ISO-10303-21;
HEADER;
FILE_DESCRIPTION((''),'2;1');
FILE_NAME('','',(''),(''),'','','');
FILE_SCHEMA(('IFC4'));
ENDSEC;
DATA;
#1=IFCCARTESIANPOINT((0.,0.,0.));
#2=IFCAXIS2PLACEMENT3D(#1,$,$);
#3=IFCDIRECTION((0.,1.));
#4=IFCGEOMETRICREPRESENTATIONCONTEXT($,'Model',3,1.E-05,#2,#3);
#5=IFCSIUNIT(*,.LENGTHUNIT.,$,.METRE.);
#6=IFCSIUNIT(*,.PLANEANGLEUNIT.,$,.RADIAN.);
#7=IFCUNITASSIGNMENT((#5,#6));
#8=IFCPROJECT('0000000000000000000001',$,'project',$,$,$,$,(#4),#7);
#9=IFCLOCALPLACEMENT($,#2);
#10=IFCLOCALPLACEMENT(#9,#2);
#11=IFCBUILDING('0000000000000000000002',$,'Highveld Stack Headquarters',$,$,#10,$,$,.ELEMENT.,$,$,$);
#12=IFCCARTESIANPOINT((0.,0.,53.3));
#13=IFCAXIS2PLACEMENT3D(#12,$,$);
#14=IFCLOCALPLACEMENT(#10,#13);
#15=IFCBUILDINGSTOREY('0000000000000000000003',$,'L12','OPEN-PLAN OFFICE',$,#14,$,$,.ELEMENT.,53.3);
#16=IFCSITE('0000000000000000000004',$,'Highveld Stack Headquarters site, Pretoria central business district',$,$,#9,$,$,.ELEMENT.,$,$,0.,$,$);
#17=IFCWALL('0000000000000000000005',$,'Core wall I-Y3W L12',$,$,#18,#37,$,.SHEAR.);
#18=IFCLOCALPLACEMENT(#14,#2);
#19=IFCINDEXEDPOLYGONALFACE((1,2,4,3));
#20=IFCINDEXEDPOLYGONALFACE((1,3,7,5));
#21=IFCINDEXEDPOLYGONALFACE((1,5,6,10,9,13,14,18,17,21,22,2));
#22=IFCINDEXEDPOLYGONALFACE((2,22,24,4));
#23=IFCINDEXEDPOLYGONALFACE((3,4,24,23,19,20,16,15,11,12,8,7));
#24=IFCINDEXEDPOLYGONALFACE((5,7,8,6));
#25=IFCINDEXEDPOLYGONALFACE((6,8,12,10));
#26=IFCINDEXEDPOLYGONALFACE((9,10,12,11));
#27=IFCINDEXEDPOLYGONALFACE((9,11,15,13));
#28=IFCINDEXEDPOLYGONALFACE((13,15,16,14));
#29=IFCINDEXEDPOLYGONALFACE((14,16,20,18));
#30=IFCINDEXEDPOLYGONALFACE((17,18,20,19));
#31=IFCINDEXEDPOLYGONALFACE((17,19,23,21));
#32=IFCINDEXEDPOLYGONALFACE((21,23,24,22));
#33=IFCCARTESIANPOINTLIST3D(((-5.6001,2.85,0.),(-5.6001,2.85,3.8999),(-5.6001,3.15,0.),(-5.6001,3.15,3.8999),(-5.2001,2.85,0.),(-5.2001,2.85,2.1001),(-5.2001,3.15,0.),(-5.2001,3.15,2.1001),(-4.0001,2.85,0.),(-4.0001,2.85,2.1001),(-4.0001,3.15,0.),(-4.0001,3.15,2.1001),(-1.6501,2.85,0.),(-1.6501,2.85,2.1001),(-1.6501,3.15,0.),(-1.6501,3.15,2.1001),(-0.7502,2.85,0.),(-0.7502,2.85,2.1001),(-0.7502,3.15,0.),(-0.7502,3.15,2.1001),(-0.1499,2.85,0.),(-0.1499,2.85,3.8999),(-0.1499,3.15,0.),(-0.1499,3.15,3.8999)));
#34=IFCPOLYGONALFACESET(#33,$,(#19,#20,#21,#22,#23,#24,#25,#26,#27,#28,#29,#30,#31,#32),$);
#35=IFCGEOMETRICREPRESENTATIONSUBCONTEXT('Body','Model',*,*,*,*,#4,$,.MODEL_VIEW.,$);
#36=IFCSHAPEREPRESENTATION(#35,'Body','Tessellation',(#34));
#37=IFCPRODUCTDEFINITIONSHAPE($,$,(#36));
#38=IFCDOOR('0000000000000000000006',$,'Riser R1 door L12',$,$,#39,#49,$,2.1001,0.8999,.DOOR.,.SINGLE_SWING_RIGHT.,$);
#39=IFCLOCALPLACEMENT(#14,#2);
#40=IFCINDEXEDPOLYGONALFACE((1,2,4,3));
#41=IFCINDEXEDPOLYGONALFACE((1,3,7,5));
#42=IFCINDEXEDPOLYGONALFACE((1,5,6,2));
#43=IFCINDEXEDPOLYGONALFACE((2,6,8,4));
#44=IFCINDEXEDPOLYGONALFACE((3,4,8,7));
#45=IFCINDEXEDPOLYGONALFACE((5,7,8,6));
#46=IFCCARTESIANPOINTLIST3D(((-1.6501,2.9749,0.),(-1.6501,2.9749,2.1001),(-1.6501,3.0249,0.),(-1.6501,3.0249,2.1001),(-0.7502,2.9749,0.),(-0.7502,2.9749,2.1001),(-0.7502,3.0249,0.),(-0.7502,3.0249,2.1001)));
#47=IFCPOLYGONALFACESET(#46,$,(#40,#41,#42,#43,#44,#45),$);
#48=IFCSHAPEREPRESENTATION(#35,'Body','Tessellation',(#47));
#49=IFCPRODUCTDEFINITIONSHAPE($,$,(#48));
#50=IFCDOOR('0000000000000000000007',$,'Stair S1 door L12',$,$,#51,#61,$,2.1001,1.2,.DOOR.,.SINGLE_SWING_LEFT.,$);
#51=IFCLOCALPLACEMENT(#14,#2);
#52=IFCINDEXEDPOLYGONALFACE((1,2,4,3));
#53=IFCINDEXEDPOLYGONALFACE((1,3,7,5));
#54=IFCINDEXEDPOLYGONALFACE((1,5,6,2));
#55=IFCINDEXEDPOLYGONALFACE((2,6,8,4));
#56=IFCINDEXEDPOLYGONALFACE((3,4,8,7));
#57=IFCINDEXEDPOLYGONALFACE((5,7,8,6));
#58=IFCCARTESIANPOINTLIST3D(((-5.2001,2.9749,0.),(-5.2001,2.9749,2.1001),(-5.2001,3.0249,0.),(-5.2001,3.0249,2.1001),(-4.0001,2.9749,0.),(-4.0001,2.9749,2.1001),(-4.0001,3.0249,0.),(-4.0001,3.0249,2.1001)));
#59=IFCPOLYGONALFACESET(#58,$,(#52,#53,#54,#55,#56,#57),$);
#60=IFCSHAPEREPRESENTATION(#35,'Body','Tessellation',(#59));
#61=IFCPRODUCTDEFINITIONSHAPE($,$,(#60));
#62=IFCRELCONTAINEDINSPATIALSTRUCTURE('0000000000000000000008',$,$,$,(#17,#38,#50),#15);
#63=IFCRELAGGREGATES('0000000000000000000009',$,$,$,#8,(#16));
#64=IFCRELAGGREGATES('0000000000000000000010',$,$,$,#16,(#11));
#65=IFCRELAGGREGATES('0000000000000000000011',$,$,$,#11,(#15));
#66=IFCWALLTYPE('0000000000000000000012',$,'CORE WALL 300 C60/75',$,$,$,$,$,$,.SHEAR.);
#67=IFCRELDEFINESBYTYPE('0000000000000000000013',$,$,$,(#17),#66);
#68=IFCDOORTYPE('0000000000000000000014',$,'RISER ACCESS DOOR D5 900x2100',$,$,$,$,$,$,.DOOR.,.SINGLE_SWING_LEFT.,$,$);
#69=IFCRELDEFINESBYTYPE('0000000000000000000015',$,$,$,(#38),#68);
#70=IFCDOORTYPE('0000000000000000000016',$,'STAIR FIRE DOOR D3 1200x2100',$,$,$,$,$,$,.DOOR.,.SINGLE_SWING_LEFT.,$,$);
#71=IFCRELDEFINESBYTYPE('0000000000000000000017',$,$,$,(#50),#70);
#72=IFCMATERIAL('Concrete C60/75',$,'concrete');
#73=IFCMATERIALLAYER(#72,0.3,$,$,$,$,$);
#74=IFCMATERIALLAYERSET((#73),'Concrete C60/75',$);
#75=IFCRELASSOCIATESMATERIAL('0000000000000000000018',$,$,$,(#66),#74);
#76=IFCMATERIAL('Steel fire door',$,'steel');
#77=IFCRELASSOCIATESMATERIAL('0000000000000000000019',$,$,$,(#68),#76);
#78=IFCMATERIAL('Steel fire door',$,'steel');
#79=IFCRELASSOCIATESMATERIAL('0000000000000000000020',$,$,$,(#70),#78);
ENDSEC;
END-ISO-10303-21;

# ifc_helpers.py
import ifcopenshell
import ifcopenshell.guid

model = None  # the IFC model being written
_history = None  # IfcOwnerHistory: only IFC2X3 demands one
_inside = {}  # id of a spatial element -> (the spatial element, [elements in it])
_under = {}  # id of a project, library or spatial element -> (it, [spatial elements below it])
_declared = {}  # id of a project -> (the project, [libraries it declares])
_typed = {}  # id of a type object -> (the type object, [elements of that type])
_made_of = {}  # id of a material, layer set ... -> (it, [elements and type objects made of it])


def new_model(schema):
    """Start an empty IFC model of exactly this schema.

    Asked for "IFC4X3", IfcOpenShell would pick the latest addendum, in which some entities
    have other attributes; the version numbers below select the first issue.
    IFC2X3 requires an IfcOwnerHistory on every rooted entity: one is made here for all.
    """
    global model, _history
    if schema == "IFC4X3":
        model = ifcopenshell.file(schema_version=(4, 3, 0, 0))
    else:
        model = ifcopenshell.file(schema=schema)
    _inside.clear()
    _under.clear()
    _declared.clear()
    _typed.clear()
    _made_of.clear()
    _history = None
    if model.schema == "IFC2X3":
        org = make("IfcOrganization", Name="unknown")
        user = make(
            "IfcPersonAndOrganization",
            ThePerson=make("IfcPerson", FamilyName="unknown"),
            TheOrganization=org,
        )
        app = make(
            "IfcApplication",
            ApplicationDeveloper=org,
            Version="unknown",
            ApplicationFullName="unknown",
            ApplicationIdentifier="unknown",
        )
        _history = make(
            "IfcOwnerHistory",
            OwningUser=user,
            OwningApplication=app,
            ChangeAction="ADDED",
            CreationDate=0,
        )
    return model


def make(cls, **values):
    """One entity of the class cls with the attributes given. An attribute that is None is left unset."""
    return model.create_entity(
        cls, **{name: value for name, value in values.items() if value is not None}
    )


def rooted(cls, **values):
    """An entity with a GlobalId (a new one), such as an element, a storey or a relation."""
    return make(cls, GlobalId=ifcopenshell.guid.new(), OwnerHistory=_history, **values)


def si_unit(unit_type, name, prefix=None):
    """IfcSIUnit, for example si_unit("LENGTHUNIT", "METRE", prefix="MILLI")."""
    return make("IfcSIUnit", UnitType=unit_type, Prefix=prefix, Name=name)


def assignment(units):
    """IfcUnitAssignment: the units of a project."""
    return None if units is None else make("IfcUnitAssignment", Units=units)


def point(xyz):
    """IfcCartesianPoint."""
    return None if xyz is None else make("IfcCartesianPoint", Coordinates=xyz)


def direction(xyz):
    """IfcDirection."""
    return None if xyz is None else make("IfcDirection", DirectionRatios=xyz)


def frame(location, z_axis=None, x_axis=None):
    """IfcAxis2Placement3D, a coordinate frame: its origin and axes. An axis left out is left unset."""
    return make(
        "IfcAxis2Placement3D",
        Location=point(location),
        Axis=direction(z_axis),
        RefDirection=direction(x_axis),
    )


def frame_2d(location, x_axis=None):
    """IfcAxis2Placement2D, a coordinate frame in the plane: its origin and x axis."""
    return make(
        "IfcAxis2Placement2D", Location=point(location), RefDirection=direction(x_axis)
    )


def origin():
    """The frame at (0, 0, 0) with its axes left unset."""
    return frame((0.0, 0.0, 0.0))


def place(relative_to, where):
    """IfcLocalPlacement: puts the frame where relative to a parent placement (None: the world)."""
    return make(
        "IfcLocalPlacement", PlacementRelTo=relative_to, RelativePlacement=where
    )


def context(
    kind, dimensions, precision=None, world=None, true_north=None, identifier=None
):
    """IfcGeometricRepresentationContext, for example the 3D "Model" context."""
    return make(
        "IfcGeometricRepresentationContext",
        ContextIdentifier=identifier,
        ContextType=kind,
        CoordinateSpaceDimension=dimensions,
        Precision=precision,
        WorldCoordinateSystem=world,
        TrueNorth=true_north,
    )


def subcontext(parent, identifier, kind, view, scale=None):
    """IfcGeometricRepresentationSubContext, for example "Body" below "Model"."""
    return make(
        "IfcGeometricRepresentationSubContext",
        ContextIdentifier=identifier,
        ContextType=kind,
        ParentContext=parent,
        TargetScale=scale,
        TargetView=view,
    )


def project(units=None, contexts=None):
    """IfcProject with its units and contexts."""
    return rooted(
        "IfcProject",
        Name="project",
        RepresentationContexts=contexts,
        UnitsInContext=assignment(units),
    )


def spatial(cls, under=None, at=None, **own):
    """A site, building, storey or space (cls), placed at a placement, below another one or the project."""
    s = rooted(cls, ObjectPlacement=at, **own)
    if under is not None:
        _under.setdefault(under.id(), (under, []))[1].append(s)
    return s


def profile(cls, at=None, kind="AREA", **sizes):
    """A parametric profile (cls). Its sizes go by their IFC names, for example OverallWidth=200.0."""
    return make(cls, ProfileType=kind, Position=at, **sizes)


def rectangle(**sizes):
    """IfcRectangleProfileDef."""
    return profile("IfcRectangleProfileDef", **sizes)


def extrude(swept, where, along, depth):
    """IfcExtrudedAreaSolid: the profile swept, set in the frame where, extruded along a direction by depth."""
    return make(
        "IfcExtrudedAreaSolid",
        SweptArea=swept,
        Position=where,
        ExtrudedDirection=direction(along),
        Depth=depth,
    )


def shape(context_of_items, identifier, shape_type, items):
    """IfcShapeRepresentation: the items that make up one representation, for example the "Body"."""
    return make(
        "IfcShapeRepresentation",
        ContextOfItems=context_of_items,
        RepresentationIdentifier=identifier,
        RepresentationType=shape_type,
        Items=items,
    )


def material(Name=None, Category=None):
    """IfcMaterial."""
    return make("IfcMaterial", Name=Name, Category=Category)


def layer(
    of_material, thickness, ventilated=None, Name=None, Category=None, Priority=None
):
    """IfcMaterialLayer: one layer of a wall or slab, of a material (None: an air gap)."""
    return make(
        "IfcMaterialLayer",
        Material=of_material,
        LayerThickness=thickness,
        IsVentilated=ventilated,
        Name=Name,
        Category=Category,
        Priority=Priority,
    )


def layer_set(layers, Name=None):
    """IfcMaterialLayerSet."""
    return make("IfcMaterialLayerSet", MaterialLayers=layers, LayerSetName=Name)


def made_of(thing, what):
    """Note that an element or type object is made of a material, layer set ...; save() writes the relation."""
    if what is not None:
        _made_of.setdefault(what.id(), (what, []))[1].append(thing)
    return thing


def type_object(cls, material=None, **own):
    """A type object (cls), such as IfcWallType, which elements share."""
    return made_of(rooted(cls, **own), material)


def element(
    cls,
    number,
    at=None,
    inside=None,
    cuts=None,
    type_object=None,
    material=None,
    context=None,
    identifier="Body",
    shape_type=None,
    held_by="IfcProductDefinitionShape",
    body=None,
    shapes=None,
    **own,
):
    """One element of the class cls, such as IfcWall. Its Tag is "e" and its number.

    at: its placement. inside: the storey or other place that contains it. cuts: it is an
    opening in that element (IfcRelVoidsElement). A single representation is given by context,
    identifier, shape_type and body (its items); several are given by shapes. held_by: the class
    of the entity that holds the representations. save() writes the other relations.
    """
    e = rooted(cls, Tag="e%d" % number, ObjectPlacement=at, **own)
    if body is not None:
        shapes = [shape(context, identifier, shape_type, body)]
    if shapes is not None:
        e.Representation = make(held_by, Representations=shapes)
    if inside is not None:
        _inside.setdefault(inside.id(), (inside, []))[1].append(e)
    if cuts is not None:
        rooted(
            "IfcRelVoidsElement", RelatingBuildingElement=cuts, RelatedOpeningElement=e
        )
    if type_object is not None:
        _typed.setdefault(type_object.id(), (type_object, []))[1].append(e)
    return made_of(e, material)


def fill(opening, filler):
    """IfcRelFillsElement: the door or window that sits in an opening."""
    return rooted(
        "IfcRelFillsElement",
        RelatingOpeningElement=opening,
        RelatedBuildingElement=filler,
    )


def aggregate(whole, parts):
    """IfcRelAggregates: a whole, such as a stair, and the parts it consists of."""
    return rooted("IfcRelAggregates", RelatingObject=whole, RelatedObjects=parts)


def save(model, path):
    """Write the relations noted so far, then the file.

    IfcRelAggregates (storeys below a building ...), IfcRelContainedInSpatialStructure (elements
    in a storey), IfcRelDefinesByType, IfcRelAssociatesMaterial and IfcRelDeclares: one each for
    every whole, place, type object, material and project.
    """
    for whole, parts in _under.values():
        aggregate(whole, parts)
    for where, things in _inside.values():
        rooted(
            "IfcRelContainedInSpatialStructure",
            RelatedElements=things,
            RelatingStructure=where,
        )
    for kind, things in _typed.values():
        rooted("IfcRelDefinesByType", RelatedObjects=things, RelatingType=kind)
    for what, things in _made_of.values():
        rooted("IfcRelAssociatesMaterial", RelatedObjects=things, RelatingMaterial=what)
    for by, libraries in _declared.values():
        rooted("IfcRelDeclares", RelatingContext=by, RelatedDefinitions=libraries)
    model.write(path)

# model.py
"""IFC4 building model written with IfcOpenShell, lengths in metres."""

from ifc_helpers import new_model, si_unit, direction, frame, frame_2d, origin, place, context, subcontext, project, spatial, rectangle, extrude, material, layer, layer_set, type_object, element, fill, save


model = new_model("IFC4")

# Units and contexts
model_context = context("Model", 3, precision=1e-05, world=origin(), true_north=direction((0.0, 1.0)))
body_context = subcontext(model_context, "Body", "Model", "MODEL_VIEW")
ifc_project = project(units=[si_unit("LENGTHUNIT", "METRE"), si_unit("PLANEANGLEUNIT", "RADIAN")], contexts=[model_context])

# Site, building, storey
site_placement = place(None, origin())
site = spatial("IfcSite", under=ifc_project, at=site_placement, Name="Highveld Stack Headquarters site, Pretoria central business district", CompositionType="ELEMENT", RefElevation=0.0)
building_placement = place(site_placement, origin())
building = spatial("IfcBuilding", under=site, at=building_placement, Name="Highveld Stack Headquarters", CompositionType="ELEMENT")
storey_placement = place(building_placement, frame((0.0, 0.0, 53.3)))
storey = spatial("IfcBuildingStorey", under=building, at=storey_placement, Name="L12", Description="OPEN-PLAN OFFICE", CompositionType="ELEMENT", Elevation=53.3)

# Wall, openings, doors
ifc_material_1 = material(Name="Concrete C60/75", Category="concrete")
ifc_layer_1 = layer(ifc_material_1, 0.3)
ifc_layer_set_1 = layer_set([ifc_layer_1], Name="Concrete C60/75")
wall_type = type_object("IfcWallType", Name="CORE WALL 300 C60/75", PredefinedType="SHEAR", material=ifc_layer_set_1)
wall_1_placement = place(storey_placement, frame((-5.6001, 3.0, 0.0), z_axis=(0.0, 0.0, 1.0), x_axis=(1.0, 0.0, 0.0)))
wall_1 = element("IfcWall", 1, at=wall_1_placement, inside=storey, type_object=wall_type, Name="Core wall I-Y3W L12", PredefinedType="SHEAR", context=body_context, shape_type="SweptSolid", body=[
    extrude(rectangle(XDim=5.4502, YDim=0.3, at=frame_2d((2.7251, 0.0))), origin(), (0.0, 0.0, 1.0), 3.8999),
])
opening_1_placement = place(wall_1_placement, frame((0.3999, 0.0, 0.0)))
opening_1 = element("IfcOpeningElement", 2, at=opening_1_placement, cuts=wall_1, PredefinedType="OPENING", context=body_context, shape_type="SweptSolid", body=[
    extrude(rectangle(XDim=1.2, YDim=2.1001, at=frame_2d((0.6001, 1.05))), frame((0.0, 0.1599, 0.0), z_axis=(0.0, -1.0, 0.0), x_axis=(1.0, 0.0, 0.0)), (0.0, 0.0, 1.0), 0.3201),
])
opening_2_placement = place(wall_1_placement, frame((3.95, 0.0, 0.0)))
opening_2 = element("IfcOpeningElement", 3, at=opening_2_placement, cuts=wall_1, PredefinedType="OPENING", context=body_context, shape_type="SweptSolid", body=[
    extrude(rectangle(XDim=0.8999, YDim=2.1001, at=frame_2d((0.45, 1.05))), frame((0.0, 0.1599, 0.0), z_axis=(0.0, -1.0, 0.0), x_axis=(1.0, 0.0, 0.0)), (0.0, 0.0, 1.0), 0.3201),
])
ifc_material_2 = material(Name="Steel fire door", Category="steel")
door_type_1 = type_object("IfcDoorType", Name="RISER ACCESS DOOR D5 900x2100", OperationType="SINGLE_SWING_LEFT", PredefinedType="DOOR", material=ifc_material_2)
door_1_placement = place(opening_2_placement, origin())
door_1 = element("IfcDoor", 4, at=door_1_placement, inside=storey, type_object=door_type_1, Name="Riser R1 door L12", OperationType="SINGLE_SWING_RIGHT", OverallHeight=2.1001, OverallWidth=0.8999, PredefinedType="DOOR", context=body_context, shape_type="SweptSolid", body=[
    extrude(rectangle(XDim=0.8999, YDim=2.1001, at=frame_2d((0.45, 1.05))), frame((0.0, 0.0249, 0.0), z_axis=(0.0, -1.0, 0.0), x_axis=(1.0, 0.0, 0.0)), (0.0, 0.0, 1.0), 0.05),
])
fill(opening_2, door_1)
ifc_material_3 = material(Name="Steel fire door", Category="steel")
door_type_2 = type_object("IfcDoorType", Name="STAIR FIRE DOOR D3 1200x2100", OperationType="SINGLE_SWING_LEFT", PredefinedType="DOOR", material=ifc_material_3)
door_2_placement = place(opening_1_placement, origin())
door_2 = element("IfcDoor", 5, at=door_2_placement, inside=storey, type_object=door_type_2, Name="Stair S1 door L12", OperationType="SINGLE_SWING_LEFT", OverallHeight=2.1001, OverallWidth=1.2, PredefinedType="DOOR", context=body_context, shape_type="SweptSolid", body=[
    extrude(rectangle(XDim=1.2, YDim=2.1001, at=frame_2d((0.6001, 1.05))), frame((0.0, 0.0249, 0.0), z_axis=(0.0, -1.0, 0.0), x_axis=(1.0, 0.0, 0.0)), (0.0, 0.0, 1.0), 0.05),
])
fill(opening_1, door_2)

save(model, "model.ifc")
